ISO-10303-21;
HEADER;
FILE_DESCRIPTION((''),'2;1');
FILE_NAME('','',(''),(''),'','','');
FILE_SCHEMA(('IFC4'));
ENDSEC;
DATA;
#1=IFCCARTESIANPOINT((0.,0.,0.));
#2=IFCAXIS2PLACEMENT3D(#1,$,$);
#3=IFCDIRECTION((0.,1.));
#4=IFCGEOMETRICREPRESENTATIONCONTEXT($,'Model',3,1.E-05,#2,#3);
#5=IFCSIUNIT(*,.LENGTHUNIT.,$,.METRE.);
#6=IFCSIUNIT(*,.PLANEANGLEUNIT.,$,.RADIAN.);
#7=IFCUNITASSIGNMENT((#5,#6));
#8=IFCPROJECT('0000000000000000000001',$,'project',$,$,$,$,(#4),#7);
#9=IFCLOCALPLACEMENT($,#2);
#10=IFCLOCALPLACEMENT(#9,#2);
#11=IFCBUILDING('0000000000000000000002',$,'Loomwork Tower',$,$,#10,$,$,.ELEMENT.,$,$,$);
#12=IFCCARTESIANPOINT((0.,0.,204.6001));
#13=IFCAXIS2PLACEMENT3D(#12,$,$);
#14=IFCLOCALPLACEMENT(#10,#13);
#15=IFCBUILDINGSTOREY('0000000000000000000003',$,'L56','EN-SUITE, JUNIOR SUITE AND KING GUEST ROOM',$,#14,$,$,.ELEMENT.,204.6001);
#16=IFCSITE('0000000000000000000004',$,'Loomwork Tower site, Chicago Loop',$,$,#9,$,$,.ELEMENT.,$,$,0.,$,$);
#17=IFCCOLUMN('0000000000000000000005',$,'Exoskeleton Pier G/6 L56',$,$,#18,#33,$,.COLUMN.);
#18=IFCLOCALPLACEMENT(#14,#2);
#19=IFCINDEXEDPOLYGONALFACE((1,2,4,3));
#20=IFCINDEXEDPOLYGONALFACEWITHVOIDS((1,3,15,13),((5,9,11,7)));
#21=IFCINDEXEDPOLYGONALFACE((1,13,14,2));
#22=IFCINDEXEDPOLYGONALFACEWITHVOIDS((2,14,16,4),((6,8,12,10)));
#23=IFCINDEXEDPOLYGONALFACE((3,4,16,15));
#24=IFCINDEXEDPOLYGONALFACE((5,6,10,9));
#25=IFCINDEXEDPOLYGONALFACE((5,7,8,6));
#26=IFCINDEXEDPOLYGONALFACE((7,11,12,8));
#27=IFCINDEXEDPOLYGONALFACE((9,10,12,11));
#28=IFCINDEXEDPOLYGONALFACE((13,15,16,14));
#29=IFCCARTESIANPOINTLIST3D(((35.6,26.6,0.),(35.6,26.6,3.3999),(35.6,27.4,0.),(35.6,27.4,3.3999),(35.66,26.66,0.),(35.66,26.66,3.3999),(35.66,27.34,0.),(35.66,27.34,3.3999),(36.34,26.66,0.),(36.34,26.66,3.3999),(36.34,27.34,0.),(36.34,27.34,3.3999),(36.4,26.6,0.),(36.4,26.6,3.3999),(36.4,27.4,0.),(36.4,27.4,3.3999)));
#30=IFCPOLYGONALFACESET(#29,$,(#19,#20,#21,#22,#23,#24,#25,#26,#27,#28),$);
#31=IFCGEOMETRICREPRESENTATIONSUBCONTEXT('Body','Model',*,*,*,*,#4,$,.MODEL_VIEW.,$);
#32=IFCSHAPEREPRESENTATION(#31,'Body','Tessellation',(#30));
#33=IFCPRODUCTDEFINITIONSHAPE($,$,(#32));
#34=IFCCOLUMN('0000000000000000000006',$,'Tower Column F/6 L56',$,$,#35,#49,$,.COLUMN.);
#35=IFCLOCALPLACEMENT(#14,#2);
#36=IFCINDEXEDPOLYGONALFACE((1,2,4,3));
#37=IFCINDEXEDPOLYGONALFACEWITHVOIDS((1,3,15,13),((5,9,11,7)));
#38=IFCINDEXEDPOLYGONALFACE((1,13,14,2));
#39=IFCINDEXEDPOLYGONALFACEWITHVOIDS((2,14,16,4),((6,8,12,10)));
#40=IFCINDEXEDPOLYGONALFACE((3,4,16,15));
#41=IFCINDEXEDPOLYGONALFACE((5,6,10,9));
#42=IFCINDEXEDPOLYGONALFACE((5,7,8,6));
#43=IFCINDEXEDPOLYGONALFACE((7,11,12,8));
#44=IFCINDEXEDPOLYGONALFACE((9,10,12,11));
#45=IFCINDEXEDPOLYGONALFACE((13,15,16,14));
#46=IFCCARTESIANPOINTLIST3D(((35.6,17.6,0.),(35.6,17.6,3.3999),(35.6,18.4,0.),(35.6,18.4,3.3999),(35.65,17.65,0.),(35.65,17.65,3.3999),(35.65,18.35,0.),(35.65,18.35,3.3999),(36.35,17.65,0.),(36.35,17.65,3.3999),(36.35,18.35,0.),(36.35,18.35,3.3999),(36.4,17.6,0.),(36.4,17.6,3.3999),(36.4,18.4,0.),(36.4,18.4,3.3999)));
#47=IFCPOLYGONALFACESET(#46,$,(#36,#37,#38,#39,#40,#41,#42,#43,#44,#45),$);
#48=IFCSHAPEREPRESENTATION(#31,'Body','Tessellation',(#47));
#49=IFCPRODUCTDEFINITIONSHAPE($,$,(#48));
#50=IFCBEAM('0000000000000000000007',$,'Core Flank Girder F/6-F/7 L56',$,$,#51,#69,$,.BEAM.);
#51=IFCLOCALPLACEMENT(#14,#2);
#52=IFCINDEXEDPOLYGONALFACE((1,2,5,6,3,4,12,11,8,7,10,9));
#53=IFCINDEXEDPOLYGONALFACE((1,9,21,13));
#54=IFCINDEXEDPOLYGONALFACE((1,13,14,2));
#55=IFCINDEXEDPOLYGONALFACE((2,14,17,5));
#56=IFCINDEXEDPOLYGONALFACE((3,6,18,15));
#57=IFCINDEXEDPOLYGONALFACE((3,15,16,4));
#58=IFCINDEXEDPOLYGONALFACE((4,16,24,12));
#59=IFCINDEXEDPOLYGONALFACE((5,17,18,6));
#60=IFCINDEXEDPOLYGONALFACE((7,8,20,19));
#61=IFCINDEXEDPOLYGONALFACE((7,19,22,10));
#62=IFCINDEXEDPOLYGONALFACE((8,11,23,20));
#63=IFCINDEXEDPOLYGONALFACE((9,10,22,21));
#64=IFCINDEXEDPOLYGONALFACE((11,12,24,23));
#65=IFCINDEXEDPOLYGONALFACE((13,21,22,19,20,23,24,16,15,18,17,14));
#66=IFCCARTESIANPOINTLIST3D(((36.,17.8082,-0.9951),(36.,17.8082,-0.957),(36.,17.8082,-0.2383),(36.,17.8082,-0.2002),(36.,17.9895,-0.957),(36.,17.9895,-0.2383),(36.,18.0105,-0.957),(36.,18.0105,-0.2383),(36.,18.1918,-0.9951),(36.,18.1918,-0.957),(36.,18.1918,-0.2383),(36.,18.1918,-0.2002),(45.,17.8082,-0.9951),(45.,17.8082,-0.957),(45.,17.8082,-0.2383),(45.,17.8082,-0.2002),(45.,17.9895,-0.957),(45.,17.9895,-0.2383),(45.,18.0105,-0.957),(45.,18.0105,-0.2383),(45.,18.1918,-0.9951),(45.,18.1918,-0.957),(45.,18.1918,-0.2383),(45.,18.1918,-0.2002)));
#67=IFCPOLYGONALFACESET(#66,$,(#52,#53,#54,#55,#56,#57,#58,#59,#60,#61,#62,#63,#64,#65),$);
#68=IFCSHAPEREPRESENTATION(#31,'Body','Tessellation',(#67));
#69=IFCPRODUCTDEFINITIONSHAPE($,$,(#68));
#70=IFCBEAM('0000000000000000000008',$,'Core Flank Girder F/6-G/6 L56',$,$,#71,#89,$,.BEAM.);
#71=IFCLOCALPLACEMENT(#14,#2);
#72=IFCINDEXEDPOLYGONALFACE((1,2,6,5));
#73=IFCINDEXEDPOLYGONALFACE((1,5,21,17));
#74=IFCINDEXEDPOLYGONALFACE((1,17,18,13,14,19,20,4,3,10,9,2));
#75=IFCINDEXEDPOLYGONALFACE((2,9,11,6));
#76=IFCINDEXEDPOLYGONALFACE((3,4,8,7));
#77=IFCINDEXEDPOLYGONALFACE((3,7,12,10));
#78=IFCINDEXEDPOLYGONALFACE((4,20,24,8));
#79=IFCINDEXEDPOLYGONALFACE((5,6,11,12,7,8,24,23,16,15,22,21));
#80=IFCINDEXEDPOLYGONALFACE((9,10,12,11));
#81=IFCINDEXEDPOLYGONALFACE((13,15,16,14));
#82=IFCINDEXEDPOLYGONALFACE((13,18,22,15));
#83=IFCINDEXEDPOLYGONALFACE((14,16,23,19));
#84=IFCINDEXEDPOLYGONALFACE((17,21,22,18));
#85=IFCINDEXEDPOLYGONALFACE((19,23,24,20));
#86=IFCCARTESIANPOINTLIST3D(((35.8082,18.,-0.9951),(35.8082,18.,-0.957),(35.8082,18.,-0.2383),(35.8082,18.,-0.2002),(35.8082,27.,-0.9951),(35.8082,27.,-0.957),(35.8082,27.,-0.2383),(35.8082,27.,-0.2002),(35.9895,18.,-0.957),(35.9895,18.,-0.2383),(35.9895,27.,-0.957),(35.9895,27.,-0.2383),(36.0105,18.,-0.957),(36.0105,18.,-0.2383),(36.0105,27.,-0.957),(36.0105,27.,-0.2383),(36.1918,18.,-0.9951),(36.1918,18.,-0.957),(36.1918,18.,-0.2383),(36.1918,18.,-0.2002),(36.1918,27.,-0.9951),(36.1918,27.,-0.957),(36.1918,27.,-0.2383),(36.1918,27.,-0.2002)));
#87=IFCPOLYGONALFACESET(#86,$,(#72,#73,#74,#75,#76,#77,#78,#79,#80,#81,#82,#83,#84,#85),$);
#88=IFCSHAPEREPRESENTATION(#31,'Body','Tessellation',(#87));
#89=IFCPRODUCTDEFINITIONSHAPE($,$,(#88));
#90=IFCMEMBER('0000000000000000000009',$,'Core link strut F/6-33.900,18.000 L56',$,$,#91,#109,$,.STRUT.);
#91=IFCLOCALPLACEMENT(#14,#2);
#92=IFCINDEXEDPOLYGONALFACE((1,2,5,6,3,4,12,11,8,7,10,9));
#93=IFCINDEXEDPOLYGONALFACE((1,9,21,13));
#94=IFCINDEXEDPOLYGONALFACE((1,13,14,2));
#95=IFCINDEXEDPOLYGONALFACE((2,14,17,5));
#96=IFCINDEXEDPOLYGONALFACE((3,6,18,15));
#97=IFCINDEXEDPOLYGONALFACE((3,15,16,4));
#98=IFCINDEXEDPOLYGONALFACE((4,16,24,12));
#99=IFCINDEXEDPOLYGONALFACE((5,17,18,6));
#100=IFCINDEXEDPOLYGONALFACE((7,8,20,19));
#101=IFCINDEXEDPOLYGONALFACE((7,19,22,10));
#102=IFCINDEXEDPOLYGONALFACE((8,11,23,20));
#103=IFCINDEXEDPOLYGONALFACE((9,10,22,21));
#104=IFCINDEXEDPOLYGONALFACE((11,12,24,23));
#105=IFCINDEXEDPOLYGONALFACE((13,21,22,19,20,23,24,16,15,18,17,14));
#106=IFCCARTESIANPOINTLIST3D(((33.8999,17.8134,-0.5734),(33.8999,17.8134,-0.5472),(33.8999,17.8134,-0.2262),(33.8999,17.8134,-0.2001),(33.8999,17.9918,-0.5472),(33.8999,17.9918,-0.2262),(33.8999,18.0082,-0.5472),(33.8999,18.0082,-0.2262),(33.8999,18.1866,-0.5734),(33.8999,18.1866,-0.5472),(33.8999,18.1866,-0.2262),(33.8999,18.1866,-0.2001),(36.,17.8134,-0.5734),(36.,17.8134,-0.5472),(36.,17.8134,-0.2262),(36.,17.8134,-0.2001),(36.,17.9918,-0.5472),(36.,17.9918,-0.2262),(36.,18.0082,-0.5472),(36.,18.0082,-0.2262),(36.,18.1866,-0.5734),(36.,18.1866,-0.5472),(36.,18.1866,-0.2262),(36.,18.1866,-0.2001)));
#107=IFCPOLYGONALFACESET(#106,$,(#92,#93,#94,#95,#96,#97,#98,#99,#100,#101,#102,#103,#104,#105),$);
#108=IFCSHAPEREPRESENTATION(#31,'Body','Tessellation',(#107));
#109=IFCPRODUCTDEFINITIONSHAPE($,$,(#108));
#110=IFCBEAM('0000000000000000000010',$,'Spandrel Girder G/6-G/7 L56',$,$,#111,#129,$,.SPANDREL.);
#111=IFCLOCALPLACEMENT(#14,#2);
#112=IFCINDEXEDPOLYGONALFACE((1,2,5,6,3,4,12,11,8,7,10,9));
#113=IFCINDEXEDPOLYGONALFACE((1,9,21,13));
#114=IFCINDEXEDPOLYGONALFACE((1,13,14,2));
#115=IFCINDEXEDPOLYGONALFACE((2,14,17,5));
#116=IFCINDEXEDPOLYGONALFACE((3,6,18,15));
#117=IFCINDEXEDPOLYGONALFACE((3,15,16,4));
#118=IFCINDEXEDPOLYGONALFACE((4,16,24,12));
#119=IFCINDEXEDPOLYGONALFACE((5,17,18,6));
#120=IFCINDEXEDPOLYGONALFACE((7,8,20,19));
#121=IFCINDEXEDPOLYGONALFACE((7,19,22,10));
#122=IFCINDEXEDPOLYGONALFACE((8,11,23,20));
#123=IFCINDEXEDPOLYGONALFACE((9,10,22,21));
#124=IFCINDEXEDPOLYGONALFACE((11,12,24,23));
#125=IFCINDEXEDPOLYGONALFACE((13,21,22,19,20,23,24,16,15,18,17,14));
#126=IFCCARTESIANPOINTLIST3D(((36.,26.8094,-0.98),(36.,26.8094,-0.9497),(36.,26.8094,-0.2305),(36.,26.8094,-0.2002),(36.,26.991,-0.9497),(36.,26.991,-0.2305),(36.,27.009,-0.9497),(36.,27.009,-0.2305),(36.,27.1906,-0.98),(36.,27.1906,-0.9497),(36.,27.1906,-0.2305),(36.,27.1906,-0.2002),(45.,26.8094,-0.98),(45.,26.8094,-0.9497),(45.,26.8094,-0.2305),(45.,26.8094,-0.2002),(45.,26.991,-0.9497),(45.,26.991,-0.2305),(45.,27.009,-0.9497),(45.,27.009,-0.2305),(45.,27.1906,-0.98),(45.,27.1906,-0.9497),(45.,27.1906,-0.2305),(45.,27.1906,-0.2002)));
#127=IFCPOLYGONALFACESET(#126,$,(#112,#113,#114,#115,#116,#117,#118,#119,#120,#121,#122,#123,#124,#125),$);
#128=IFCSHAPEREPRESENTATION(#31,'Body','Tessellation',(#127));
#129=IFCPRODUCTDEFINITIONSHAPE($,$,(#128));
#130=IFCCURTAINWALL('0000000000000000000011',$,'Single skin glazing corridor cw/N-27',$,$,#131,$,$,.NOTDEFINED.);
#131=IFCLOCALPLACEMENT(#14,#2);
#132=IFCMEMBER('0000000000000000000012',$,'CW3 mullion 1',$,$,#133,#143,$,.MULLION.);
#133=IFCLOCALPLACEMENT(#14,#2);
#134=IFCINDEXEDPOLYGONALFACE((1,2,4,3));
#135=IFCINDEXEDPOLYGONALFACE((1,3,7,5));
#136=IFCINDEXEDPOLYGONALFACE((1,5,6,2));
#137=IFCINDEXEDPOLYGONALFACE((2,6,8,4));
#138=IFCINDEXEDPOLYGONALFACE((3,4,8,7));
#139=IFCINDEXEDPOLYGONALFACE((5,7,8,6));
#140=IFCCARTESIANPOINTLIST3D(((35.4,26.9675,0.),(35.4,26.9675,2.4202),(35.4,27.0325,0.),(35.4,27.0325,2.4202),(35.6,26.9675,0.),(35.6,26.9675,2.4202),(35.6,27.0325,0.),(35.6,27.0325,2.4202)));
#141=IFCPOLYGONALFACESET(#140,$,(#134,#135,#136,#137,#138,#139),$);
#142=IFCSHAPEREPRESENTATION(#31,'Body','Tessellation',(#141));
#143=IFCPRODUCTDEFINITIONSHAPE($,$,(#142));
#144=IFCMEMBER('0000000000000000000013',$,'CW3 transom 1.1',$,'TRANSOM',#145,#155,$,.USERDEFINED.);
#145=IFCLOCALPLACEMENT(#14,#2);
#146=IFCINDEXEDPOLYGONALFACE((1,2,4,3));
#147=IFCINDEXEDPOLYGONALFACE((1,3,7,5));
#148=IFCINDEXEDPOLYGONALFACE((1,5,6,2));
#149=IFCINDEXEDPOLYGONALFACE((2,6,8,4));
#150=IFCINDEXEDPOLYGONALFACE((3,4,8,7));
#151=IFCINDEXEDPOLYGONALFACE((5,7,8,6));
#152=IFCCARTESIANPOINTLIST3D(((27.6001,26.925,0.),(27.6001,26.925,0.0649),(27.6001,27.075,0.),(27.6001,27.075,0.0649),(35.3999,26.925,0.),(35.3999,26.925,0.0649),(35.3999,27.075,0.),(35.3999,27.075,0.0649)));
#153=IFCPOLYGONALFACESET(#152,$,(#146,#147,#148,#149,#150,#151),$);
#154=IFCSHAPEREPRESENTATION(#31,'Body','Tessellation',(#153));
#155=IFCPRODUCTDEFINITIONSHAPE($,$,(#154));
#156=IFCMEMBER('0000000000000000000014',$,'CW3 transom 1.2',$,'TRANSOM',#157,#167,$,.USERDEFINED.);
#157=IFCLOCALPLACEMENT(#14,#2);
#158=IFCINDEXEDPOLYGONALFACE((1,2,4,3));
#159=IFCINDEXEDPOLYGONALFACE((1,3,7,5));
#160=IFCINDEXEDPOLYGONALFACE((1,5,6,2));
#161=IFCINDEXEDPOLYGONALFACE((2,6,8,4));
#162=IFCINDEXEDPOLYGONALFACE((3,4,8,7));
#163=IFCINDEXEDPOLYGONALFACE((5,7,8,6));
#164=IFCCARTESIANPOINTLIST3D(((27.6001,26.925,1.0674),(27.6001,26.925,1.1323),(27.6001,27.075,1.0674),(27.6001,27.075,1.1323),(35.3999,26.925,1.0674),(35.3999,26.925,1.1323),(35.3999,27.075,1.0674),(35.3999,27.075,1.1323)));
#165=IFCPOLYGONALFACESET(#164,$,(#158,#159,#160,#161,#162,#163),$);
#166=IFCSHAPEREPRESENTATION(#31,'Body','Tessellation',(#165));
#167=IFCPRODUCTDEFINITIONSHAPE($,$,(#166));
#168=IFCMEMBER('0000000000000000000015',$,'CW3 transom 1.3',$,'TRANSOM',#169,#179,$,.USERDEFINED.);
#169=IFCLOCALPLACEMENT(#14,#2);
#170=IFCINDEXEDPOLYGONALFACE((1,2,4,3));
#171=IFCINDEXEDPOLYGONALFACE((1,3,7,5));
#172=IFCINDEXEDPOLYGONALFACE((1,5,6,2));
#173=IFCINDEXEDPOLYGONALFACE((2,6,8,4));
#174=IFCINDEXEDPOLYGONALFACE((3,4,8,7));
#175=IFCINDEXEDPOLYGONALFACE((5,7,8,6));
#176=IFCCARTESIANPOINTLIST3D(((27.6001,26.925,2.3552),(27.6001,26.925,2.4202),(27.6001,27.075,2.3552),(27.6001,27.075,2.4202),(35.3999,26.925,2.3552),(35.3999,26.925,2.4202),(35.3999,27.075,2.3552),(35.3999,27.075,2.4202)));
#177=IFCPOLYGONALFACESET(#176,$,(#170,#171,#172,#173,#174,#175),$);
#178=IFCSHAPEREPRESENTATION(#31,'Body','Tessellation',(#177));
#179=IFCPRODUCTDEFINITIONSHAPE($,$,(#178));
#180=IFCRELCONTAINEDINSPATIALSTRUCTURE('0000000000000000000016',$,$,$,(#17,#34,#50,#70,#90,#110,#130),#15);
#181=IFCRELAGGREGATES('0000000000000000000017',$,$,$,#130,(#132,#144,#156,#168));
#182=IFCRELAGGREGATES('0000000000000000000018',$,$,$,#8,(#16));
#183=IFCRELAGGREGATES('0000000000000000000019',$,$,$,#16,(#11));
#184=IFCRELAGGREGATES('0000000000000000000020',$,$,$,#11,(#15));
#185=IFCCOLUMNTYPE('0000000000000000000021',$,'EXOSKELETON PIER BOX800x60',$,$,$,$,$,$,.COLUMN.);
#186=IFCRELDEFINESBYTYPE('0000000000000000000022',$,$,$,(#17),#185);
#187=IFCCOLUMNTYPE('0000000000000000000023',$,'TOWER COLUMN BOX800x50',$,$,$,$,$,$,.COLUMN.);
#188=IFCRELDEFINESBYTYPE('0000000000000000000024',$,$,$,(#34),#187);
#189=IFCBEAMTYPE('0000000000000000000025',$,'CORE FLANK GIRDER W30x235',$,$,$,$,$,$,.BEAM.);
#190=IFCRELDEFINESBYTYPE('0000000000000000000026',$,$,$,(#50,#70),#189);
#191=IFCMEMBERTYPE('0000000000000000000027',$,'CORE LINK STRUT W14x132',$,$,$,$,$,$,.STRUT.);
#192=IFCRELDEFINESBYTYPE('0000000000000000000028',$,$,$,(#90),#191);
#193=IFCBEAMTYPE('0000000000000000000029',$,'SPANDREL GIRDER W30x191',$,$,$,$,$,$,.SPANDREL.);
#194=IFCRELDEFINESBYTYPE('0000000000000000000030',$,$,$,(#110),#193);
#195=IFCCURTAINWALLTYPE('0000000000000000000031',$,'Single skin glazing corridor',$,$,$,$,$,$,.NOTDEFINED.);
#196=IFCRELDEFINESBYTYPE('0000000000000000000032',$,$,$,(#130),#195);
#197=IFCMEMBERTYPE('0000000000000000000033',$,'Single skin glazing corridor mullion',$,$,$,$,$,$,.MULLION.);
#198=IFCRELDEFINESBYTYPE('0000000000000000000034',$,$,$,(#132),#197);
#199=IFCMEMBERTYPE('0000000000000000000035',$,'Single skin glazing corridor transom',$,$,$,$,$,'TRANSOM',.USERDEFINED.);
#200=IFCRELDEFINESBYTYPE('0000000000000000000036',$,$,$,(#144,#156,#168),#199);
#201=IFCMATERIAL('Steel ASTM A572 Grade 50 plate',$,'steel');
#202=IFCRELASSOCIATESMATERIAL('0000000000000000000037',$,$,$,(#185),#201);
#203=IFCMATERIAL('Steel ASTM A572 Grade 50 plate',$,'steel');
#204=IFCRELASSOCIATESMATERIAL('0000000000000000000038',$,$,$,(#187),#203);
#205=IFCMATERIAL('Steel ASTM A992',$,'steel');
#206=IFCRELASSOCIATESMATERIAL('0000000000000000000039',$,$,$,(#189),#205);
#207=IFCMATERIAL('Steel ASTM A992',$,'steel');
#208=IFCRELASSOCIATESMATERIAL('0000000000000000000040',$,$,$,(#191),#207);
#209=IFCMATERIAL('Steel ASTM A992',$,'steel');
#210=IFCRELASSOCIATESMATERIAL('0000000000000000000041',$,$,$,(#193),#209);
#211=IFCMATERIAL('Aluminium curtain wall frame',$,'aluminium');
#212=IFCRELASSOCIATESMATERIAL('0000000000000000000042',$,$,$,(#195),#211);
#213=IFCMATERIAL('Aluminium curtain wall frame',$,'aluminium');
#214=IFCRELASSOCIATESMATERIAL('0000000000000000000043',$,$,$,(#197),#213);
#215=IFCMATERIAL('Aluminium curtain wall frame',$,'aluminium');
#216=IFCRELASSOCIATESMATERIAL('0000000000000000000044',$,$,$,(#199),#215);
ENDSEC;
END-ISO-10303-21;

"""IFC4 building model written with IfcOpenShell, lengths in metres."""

from ifc_helpers import new_model, si_unit, direction, frame, origin, origin_2d, place, context, subcontext, project, spatial, rectangle, hollow_rectangle, i_section, extrude, material, material_profile, profile_set, type_object, element, aggregate, save


model = new_model("IFC4")

# Units and contexts
model_context = context("Model", 3, precision=1e-05, world=origin(), true_north=direction((0.0, 1.0)))
body_context = subcontext(model_context, "Body", "Model", "MODEL_VIEW")
ifc_project = project(units=[si_unit("LENGTHUNIT", "METRE"), si_unit("PLANEANGLEUNIT", "RADIAN")], contexts=[model_context])

# Site, building, storey
site_placement = place(None, origin())
site = spatial("IfcSite", under=ifc_project, at=site_placement, Name="Loomwork Tower site, Chicago Loop", CompositionType="ELEMENT", RefElevation=0.0)
building_placement = place(site_placement, origin())
building = spatial("IfcBuilding", under=site, at=building_placement, Name="Loomwork Tower", CompositionType="ELEMENT")
storey_placement = place(building_placement, frame((0.0, 0.0, 204.6001)))
storey = spatial("IfcBuildingStorey", under=building, at=storey_placement, Name="L56", Description="EN-SUITE, JUNIOR SUITE AND KING GUEST ROOM", CompositionType="ELEMENT", Elevation=204.6001)

# Columns
ifc_material_1 = material(Name="Steel ASTM A572 Grade 50 plate", Category="steel")
ifc_material_profile_1 = material_profile(ifc_material_1, hollow_rectangle(XDim=0.8, YDim=0.8, WallThickness=0.0601, at=origin_2d()), Name="BOX800x60")
ifc_profile_set_1 = profile_set([ifc_material_profile_1], Name="Steel ASTM A572 Grade 50 plate")
column_type_1 = type_object("IfcColumnType", Name="EXOSKELETON PIER BOX800x60", PredefinedType="COLUMN", material=ifc_profile_set_1)
column_1_placement = place(storey_placement, frame((36.0, 27.0, 0.0), z_axis=(0.0, 0.0, 1.0), x_axis=(1.0, 0.0, 0.0)))
element("IfcColumn", 1, at=column_1_placement, inside=storey, type_object=column_type_1, Name="Exoskeleton Pier G/6 L56", PredefinedType="COLUMN", context=body_context, shape_type="SweptSolid", body=[
    extrude(hollow_rectangle(XDim=0.8, YDim=0.8, WallThickness=0.0601, at=origin_2d()), origin(), (0.0, 0.0, 1.0), 3.3999),
])
ifc_material_2 = material(Name="Steel ASTM A572 Grade 50 plate", Category="steel")
ifc_material_profile_2 = material_profile(ifc_material_2, hollow_rectangle(XDim=0.8, YDim=0.8, WallThickness=0.05, at=origin_2d()), Name="BOX800x50")
ifc_profile_set_2 = profile_set([ifc_material_profile_2], Name="Steel ASTM A572 Grade 50 plate")
column_type_2 = type_object("IfcColumnType", Name="TOWER COLUMN BOX800x50", PredefinedType="COLUMN", material=ifc_profile_set_2)
column_2_placement = place(storey_placement, frame((36.0, 18.0, 0.0), z_axis=(0.0, 0.0, 1.0), x_axis=(0.0, 1.0, 0.0)))
element("IfcColumn", 2, at=column_2_placement, inside=storey, type_object=column_type_2, Name="Tower Column F/6 L56", PredefinedType="COLUMN", context=body_context, shape_type="SweptSolid", body=[
    extrude(hollow_rectangle(XDim=0.8, YDim=0.8, WallThickness=0.05, at=origin_2d()), origin(), (0.0, 0.0, 1.0), 3.3999),
])

# Beams
ifc_material_3 = material(Name="Steel ASTM A992", Category="steel")
ifc_material_profile_3 = material_profile(ifc_material_3, i_section(OverallWidth=0.3835, OverallDepth=0.7949, WebThickness=0.021, FlangeThickness=0.0381, at=origin_2d()), Name="W30x235")
ifc_profile_set_3 = profile_set([ifc_material_profile_3], Name="Steel ASTM A992")
beam_type_1 = type_object("IfcBeamType", Name="CORE FLANK GIRDER W30x235", PredefinedType="BEAM", material=ifc_profile_set_3)
for number, where, z_axis, x_axis, name in (
    (3, (36.0, 18.0, -0.5977), (1.0, 0.0, 0.0), (0.0, 1.0, 0.0), "Core Flank Girder F/6-F/7 L56"),
    (4, (36.0, 18.0, -0.5977), (0.0, 1.0, 0.0), (-1.0, 0.0, 0.0), "Core Flank Girder F/6-G/6 L56"),
):
    element("IfcBeam", number, at=place(storey_placement, frame(where, z_axis=z_axis, x_axis=x_axis)), inside=storey, type_object=beam_type_1, Name=name, PredefinedType="BEAM", context=body_context, shape_type="SweptSolid", body=[
        extrude(i_section(OverallWidth=0.3835, OverallDepth=0.7949, WebThickness=0.021, FlangeThickness=0.0381, at=origin_2d()), origin(), (0.0, 0.0, 1.0), 9.0),
    ])

# Member
ifc_material_4 = material(Name="Steel ASTM A992", Category="steel")
ifc_material_profile_4 = material_profile(ifc_material_4, i_section(OverallWidth=0.3733, OverallDepth=0.3733, WebThickness=0.0164, FlangeThickness=0.0261, at=origin_2d()), Name="W14x132")
ifc_profile_set_4 = profile_set([ifc_material_profile_4], Name="Steel ASTM A992")
member_type_1 = type_object("IfcMemberType", Name="CORE LINK STRUT W14x132", PredefinedType="STRUT", material=ifc_profile_set_4)
member_1_placement = place(storey_placement, frame((36.0, 18.0, -0.3867), z_axis=(-1.0, 0.0, 0.0), x_axis=(0.0, -1.0, 0.0)))
element("IfcMember", 5, at=member_1_placement, inside=storey, type_object=member_type_1, Name="Core link strut F/6-33.900,18.000 L56", PredefinedType="STRUT", context=body_context, shape_type="SweptSolid", body=[
    extrude(i_section(OverallWidth=0.3733, OverallDepth=0.3733, WebThickness=0.0164, FlangeThickness=0.0261, at=origin_2d()), origin(), (0.0, 0.0, 1.0), 2.1001),
])

# Beam
ifc_material_5 = material(Name="Steel ASTM A992", Category="steel")
ifc_material_profile_5 = material_profile(ifc_material_5, i_section(OverallWidth=0.3811, OverallDepth=0.7798, WebThickness=0.0181, FlangeThickness=0.0303, at=origin_2d()), Name="W30x191")
ifc_profile_set_5 = profile_set([ifc_material_profile_5], Name="Steel ASTM A992")
beam_type_2 = type_object("IfcBeamType", Name="SPANDREL GIRDER W30x191", PredefinedType="SPANDREL", material=ifc_profile_set_5)
beam_placement = place(storey_placement, frame((36.0, 27.0, -0.5901), z_axis=(1.0, 0.0, 0.0), x_axis=(0.0, 1.0, 0.0)))
element("IfcBeam", 6, at=beam_placement, inside=storey, type_object=beam_type_2, Name="Spandrel Girder G/6-G/7 L56", PredefinedType="SPANDREL", context=body_context, shape_type="SweptSolid", body=[
    extrude(i_section(OverallWidth=0.3811, OverallDepth=0.7798, WebThickness=0.0181, FlangeThickness=0.0303, at=origin_2d()), origin(), (0.0, 0.0, 1.0), 9.0),
])

# Curtain wall, members
ifc_material_6 = material(Name="Aluminium curtain wall frame", Category="aluminium")
curtain_wall_type = type_object("IfcCurtainWallType", Name="Single skin glazing corridor", PredefinedType="NOTDEFINED", material=ifc_material_6)
curtain_wall_placement = place(storey_placement, origin())
curtain_wall = element("IfcCurtainWall", 7, at=curtain_wall_placement, inside=storey, type_object=curtain_wall_type, Name="Single skin glazing corridor cw/N-27", PredefinedType="NOTDEFINED")
ifc_material_7 = material(Name="Aluminium curtain wall frame", Category="aluminium")
ifc_material_profile_6 = material_profile(ifc_material_7, rectangle(XDim=0.0649, YDim=0.2, at=origin_2d()), Name="AL 65x200")
ifc_profile_set_6 = profile_set([ifc_material_profile_6], Name="Aluminium curtain wall frame")
member_type_2 = type_object("IfcMemberType", Name="Single skin glazing corridor mullion", PredefinedType="MULLION", material=ifc_profile_set_6)
member_2_placement = place(storey_placement, frame((35.5, 27.0, 0.0), z_axis=(0.0, 0.0, 1.0), x_axis=(0.0, -1.0, 0.0)))
member_2 = element("IfcMember", 8, at=member_2_placement, type_object=member_type_2, Name="CW3 mullion 1", PredefinedType="MULLION", context=body_context, shape_type="SweptSolid", body=[
    extrude(rectangle(XDim=0.0649, YDim=0.2, at=origin_2d()), origin(), (0.0, 0.0, 1.0), 2.4202),
])
ifc_material_8 = material(Name="Aluminium curtain wall frame", Category="aluminium")
ifc_material_profile_7 = material_profile(ifc_material_8, rectangle(XDim=0.1499, YDim=0.0649, at=origin_2d()), Name="AL 65x150")
ifc_profile_set_7 = profile_set([ifc_material_profile_7], Name="Aluminium curtain wall frame")
member_type_3 = type_object("IfcMemberType", Name="Single skin glazing corridor transom", ElementType="TRANSOM", PredefinedType="USERDEFINED", material=ifc_profile_set_7)
member_3_placement = place(storey_placement, frame((35.3999, 27.0, 0.0325), z_axis=(-1.0, 0.0, 0.0), x_axis=(0.0, -1.0, 0.0)))
member_3 = element("IfcMember", 9, at=member_3_placement, type_object=member_type_3, Name="CW3 transom 1.1", ObjectType="TRANSOM", PredefinedType="USERDEFINED", context=body_context, shape_type="SweptSolid", body=[
    extrude(rectangle(XDim=0.1499, YDim=0.0649, at=origin_2d()), origin(), (0.0, 0.0, 1.0), 7.7998),
])
member_4_placement = place(storey_placement, frame((35.3999, 27.0, 1.0999), z_axis=(-1.0, 0.0, 0.0), x_axis=(0.0, -1.0, 0.0)))
member_4 = element("IfcMember", 10, at=member_4_placement, type_object=member_type_3, Name="CW3 transom 1.2", ObjectType="TRANSOM", PredefinedType="USERDEFINED", context=body_context, shape_type="SweptSolid", body=[
    extrude(rectangle(XDim=0.1499, YDim=0.0649, at=origin_2d()), origin(), (0.0, 0.0, 1.0), 7.7998),
])
member_5_placement = place(storey_placement, frame((35.3999, 27.0, 2.3877), z_axis=(-1.0, 0.0, 0.0), x_axis=(0.0, -1.0, 0.0)))
member_5 = element("IfcMember", 11, at=member_5_placement, type_object=member_type_3, Name="CW3 transom 1.3", ObjectType="TRANSOM", PredefinedType="USERDEFINED", context=body_context, shape_type="SweptSolid", body=[
    extrude(rectangle(XDim=0.1499, YDim=0.0649, at=origin_2d()), origin(), (0.0, 0.0, 1.0), 7.7998),
])
aggregate(curtain_wall, [member_2, member_3, member_4, member_5])

save(model, "model.ifc")
